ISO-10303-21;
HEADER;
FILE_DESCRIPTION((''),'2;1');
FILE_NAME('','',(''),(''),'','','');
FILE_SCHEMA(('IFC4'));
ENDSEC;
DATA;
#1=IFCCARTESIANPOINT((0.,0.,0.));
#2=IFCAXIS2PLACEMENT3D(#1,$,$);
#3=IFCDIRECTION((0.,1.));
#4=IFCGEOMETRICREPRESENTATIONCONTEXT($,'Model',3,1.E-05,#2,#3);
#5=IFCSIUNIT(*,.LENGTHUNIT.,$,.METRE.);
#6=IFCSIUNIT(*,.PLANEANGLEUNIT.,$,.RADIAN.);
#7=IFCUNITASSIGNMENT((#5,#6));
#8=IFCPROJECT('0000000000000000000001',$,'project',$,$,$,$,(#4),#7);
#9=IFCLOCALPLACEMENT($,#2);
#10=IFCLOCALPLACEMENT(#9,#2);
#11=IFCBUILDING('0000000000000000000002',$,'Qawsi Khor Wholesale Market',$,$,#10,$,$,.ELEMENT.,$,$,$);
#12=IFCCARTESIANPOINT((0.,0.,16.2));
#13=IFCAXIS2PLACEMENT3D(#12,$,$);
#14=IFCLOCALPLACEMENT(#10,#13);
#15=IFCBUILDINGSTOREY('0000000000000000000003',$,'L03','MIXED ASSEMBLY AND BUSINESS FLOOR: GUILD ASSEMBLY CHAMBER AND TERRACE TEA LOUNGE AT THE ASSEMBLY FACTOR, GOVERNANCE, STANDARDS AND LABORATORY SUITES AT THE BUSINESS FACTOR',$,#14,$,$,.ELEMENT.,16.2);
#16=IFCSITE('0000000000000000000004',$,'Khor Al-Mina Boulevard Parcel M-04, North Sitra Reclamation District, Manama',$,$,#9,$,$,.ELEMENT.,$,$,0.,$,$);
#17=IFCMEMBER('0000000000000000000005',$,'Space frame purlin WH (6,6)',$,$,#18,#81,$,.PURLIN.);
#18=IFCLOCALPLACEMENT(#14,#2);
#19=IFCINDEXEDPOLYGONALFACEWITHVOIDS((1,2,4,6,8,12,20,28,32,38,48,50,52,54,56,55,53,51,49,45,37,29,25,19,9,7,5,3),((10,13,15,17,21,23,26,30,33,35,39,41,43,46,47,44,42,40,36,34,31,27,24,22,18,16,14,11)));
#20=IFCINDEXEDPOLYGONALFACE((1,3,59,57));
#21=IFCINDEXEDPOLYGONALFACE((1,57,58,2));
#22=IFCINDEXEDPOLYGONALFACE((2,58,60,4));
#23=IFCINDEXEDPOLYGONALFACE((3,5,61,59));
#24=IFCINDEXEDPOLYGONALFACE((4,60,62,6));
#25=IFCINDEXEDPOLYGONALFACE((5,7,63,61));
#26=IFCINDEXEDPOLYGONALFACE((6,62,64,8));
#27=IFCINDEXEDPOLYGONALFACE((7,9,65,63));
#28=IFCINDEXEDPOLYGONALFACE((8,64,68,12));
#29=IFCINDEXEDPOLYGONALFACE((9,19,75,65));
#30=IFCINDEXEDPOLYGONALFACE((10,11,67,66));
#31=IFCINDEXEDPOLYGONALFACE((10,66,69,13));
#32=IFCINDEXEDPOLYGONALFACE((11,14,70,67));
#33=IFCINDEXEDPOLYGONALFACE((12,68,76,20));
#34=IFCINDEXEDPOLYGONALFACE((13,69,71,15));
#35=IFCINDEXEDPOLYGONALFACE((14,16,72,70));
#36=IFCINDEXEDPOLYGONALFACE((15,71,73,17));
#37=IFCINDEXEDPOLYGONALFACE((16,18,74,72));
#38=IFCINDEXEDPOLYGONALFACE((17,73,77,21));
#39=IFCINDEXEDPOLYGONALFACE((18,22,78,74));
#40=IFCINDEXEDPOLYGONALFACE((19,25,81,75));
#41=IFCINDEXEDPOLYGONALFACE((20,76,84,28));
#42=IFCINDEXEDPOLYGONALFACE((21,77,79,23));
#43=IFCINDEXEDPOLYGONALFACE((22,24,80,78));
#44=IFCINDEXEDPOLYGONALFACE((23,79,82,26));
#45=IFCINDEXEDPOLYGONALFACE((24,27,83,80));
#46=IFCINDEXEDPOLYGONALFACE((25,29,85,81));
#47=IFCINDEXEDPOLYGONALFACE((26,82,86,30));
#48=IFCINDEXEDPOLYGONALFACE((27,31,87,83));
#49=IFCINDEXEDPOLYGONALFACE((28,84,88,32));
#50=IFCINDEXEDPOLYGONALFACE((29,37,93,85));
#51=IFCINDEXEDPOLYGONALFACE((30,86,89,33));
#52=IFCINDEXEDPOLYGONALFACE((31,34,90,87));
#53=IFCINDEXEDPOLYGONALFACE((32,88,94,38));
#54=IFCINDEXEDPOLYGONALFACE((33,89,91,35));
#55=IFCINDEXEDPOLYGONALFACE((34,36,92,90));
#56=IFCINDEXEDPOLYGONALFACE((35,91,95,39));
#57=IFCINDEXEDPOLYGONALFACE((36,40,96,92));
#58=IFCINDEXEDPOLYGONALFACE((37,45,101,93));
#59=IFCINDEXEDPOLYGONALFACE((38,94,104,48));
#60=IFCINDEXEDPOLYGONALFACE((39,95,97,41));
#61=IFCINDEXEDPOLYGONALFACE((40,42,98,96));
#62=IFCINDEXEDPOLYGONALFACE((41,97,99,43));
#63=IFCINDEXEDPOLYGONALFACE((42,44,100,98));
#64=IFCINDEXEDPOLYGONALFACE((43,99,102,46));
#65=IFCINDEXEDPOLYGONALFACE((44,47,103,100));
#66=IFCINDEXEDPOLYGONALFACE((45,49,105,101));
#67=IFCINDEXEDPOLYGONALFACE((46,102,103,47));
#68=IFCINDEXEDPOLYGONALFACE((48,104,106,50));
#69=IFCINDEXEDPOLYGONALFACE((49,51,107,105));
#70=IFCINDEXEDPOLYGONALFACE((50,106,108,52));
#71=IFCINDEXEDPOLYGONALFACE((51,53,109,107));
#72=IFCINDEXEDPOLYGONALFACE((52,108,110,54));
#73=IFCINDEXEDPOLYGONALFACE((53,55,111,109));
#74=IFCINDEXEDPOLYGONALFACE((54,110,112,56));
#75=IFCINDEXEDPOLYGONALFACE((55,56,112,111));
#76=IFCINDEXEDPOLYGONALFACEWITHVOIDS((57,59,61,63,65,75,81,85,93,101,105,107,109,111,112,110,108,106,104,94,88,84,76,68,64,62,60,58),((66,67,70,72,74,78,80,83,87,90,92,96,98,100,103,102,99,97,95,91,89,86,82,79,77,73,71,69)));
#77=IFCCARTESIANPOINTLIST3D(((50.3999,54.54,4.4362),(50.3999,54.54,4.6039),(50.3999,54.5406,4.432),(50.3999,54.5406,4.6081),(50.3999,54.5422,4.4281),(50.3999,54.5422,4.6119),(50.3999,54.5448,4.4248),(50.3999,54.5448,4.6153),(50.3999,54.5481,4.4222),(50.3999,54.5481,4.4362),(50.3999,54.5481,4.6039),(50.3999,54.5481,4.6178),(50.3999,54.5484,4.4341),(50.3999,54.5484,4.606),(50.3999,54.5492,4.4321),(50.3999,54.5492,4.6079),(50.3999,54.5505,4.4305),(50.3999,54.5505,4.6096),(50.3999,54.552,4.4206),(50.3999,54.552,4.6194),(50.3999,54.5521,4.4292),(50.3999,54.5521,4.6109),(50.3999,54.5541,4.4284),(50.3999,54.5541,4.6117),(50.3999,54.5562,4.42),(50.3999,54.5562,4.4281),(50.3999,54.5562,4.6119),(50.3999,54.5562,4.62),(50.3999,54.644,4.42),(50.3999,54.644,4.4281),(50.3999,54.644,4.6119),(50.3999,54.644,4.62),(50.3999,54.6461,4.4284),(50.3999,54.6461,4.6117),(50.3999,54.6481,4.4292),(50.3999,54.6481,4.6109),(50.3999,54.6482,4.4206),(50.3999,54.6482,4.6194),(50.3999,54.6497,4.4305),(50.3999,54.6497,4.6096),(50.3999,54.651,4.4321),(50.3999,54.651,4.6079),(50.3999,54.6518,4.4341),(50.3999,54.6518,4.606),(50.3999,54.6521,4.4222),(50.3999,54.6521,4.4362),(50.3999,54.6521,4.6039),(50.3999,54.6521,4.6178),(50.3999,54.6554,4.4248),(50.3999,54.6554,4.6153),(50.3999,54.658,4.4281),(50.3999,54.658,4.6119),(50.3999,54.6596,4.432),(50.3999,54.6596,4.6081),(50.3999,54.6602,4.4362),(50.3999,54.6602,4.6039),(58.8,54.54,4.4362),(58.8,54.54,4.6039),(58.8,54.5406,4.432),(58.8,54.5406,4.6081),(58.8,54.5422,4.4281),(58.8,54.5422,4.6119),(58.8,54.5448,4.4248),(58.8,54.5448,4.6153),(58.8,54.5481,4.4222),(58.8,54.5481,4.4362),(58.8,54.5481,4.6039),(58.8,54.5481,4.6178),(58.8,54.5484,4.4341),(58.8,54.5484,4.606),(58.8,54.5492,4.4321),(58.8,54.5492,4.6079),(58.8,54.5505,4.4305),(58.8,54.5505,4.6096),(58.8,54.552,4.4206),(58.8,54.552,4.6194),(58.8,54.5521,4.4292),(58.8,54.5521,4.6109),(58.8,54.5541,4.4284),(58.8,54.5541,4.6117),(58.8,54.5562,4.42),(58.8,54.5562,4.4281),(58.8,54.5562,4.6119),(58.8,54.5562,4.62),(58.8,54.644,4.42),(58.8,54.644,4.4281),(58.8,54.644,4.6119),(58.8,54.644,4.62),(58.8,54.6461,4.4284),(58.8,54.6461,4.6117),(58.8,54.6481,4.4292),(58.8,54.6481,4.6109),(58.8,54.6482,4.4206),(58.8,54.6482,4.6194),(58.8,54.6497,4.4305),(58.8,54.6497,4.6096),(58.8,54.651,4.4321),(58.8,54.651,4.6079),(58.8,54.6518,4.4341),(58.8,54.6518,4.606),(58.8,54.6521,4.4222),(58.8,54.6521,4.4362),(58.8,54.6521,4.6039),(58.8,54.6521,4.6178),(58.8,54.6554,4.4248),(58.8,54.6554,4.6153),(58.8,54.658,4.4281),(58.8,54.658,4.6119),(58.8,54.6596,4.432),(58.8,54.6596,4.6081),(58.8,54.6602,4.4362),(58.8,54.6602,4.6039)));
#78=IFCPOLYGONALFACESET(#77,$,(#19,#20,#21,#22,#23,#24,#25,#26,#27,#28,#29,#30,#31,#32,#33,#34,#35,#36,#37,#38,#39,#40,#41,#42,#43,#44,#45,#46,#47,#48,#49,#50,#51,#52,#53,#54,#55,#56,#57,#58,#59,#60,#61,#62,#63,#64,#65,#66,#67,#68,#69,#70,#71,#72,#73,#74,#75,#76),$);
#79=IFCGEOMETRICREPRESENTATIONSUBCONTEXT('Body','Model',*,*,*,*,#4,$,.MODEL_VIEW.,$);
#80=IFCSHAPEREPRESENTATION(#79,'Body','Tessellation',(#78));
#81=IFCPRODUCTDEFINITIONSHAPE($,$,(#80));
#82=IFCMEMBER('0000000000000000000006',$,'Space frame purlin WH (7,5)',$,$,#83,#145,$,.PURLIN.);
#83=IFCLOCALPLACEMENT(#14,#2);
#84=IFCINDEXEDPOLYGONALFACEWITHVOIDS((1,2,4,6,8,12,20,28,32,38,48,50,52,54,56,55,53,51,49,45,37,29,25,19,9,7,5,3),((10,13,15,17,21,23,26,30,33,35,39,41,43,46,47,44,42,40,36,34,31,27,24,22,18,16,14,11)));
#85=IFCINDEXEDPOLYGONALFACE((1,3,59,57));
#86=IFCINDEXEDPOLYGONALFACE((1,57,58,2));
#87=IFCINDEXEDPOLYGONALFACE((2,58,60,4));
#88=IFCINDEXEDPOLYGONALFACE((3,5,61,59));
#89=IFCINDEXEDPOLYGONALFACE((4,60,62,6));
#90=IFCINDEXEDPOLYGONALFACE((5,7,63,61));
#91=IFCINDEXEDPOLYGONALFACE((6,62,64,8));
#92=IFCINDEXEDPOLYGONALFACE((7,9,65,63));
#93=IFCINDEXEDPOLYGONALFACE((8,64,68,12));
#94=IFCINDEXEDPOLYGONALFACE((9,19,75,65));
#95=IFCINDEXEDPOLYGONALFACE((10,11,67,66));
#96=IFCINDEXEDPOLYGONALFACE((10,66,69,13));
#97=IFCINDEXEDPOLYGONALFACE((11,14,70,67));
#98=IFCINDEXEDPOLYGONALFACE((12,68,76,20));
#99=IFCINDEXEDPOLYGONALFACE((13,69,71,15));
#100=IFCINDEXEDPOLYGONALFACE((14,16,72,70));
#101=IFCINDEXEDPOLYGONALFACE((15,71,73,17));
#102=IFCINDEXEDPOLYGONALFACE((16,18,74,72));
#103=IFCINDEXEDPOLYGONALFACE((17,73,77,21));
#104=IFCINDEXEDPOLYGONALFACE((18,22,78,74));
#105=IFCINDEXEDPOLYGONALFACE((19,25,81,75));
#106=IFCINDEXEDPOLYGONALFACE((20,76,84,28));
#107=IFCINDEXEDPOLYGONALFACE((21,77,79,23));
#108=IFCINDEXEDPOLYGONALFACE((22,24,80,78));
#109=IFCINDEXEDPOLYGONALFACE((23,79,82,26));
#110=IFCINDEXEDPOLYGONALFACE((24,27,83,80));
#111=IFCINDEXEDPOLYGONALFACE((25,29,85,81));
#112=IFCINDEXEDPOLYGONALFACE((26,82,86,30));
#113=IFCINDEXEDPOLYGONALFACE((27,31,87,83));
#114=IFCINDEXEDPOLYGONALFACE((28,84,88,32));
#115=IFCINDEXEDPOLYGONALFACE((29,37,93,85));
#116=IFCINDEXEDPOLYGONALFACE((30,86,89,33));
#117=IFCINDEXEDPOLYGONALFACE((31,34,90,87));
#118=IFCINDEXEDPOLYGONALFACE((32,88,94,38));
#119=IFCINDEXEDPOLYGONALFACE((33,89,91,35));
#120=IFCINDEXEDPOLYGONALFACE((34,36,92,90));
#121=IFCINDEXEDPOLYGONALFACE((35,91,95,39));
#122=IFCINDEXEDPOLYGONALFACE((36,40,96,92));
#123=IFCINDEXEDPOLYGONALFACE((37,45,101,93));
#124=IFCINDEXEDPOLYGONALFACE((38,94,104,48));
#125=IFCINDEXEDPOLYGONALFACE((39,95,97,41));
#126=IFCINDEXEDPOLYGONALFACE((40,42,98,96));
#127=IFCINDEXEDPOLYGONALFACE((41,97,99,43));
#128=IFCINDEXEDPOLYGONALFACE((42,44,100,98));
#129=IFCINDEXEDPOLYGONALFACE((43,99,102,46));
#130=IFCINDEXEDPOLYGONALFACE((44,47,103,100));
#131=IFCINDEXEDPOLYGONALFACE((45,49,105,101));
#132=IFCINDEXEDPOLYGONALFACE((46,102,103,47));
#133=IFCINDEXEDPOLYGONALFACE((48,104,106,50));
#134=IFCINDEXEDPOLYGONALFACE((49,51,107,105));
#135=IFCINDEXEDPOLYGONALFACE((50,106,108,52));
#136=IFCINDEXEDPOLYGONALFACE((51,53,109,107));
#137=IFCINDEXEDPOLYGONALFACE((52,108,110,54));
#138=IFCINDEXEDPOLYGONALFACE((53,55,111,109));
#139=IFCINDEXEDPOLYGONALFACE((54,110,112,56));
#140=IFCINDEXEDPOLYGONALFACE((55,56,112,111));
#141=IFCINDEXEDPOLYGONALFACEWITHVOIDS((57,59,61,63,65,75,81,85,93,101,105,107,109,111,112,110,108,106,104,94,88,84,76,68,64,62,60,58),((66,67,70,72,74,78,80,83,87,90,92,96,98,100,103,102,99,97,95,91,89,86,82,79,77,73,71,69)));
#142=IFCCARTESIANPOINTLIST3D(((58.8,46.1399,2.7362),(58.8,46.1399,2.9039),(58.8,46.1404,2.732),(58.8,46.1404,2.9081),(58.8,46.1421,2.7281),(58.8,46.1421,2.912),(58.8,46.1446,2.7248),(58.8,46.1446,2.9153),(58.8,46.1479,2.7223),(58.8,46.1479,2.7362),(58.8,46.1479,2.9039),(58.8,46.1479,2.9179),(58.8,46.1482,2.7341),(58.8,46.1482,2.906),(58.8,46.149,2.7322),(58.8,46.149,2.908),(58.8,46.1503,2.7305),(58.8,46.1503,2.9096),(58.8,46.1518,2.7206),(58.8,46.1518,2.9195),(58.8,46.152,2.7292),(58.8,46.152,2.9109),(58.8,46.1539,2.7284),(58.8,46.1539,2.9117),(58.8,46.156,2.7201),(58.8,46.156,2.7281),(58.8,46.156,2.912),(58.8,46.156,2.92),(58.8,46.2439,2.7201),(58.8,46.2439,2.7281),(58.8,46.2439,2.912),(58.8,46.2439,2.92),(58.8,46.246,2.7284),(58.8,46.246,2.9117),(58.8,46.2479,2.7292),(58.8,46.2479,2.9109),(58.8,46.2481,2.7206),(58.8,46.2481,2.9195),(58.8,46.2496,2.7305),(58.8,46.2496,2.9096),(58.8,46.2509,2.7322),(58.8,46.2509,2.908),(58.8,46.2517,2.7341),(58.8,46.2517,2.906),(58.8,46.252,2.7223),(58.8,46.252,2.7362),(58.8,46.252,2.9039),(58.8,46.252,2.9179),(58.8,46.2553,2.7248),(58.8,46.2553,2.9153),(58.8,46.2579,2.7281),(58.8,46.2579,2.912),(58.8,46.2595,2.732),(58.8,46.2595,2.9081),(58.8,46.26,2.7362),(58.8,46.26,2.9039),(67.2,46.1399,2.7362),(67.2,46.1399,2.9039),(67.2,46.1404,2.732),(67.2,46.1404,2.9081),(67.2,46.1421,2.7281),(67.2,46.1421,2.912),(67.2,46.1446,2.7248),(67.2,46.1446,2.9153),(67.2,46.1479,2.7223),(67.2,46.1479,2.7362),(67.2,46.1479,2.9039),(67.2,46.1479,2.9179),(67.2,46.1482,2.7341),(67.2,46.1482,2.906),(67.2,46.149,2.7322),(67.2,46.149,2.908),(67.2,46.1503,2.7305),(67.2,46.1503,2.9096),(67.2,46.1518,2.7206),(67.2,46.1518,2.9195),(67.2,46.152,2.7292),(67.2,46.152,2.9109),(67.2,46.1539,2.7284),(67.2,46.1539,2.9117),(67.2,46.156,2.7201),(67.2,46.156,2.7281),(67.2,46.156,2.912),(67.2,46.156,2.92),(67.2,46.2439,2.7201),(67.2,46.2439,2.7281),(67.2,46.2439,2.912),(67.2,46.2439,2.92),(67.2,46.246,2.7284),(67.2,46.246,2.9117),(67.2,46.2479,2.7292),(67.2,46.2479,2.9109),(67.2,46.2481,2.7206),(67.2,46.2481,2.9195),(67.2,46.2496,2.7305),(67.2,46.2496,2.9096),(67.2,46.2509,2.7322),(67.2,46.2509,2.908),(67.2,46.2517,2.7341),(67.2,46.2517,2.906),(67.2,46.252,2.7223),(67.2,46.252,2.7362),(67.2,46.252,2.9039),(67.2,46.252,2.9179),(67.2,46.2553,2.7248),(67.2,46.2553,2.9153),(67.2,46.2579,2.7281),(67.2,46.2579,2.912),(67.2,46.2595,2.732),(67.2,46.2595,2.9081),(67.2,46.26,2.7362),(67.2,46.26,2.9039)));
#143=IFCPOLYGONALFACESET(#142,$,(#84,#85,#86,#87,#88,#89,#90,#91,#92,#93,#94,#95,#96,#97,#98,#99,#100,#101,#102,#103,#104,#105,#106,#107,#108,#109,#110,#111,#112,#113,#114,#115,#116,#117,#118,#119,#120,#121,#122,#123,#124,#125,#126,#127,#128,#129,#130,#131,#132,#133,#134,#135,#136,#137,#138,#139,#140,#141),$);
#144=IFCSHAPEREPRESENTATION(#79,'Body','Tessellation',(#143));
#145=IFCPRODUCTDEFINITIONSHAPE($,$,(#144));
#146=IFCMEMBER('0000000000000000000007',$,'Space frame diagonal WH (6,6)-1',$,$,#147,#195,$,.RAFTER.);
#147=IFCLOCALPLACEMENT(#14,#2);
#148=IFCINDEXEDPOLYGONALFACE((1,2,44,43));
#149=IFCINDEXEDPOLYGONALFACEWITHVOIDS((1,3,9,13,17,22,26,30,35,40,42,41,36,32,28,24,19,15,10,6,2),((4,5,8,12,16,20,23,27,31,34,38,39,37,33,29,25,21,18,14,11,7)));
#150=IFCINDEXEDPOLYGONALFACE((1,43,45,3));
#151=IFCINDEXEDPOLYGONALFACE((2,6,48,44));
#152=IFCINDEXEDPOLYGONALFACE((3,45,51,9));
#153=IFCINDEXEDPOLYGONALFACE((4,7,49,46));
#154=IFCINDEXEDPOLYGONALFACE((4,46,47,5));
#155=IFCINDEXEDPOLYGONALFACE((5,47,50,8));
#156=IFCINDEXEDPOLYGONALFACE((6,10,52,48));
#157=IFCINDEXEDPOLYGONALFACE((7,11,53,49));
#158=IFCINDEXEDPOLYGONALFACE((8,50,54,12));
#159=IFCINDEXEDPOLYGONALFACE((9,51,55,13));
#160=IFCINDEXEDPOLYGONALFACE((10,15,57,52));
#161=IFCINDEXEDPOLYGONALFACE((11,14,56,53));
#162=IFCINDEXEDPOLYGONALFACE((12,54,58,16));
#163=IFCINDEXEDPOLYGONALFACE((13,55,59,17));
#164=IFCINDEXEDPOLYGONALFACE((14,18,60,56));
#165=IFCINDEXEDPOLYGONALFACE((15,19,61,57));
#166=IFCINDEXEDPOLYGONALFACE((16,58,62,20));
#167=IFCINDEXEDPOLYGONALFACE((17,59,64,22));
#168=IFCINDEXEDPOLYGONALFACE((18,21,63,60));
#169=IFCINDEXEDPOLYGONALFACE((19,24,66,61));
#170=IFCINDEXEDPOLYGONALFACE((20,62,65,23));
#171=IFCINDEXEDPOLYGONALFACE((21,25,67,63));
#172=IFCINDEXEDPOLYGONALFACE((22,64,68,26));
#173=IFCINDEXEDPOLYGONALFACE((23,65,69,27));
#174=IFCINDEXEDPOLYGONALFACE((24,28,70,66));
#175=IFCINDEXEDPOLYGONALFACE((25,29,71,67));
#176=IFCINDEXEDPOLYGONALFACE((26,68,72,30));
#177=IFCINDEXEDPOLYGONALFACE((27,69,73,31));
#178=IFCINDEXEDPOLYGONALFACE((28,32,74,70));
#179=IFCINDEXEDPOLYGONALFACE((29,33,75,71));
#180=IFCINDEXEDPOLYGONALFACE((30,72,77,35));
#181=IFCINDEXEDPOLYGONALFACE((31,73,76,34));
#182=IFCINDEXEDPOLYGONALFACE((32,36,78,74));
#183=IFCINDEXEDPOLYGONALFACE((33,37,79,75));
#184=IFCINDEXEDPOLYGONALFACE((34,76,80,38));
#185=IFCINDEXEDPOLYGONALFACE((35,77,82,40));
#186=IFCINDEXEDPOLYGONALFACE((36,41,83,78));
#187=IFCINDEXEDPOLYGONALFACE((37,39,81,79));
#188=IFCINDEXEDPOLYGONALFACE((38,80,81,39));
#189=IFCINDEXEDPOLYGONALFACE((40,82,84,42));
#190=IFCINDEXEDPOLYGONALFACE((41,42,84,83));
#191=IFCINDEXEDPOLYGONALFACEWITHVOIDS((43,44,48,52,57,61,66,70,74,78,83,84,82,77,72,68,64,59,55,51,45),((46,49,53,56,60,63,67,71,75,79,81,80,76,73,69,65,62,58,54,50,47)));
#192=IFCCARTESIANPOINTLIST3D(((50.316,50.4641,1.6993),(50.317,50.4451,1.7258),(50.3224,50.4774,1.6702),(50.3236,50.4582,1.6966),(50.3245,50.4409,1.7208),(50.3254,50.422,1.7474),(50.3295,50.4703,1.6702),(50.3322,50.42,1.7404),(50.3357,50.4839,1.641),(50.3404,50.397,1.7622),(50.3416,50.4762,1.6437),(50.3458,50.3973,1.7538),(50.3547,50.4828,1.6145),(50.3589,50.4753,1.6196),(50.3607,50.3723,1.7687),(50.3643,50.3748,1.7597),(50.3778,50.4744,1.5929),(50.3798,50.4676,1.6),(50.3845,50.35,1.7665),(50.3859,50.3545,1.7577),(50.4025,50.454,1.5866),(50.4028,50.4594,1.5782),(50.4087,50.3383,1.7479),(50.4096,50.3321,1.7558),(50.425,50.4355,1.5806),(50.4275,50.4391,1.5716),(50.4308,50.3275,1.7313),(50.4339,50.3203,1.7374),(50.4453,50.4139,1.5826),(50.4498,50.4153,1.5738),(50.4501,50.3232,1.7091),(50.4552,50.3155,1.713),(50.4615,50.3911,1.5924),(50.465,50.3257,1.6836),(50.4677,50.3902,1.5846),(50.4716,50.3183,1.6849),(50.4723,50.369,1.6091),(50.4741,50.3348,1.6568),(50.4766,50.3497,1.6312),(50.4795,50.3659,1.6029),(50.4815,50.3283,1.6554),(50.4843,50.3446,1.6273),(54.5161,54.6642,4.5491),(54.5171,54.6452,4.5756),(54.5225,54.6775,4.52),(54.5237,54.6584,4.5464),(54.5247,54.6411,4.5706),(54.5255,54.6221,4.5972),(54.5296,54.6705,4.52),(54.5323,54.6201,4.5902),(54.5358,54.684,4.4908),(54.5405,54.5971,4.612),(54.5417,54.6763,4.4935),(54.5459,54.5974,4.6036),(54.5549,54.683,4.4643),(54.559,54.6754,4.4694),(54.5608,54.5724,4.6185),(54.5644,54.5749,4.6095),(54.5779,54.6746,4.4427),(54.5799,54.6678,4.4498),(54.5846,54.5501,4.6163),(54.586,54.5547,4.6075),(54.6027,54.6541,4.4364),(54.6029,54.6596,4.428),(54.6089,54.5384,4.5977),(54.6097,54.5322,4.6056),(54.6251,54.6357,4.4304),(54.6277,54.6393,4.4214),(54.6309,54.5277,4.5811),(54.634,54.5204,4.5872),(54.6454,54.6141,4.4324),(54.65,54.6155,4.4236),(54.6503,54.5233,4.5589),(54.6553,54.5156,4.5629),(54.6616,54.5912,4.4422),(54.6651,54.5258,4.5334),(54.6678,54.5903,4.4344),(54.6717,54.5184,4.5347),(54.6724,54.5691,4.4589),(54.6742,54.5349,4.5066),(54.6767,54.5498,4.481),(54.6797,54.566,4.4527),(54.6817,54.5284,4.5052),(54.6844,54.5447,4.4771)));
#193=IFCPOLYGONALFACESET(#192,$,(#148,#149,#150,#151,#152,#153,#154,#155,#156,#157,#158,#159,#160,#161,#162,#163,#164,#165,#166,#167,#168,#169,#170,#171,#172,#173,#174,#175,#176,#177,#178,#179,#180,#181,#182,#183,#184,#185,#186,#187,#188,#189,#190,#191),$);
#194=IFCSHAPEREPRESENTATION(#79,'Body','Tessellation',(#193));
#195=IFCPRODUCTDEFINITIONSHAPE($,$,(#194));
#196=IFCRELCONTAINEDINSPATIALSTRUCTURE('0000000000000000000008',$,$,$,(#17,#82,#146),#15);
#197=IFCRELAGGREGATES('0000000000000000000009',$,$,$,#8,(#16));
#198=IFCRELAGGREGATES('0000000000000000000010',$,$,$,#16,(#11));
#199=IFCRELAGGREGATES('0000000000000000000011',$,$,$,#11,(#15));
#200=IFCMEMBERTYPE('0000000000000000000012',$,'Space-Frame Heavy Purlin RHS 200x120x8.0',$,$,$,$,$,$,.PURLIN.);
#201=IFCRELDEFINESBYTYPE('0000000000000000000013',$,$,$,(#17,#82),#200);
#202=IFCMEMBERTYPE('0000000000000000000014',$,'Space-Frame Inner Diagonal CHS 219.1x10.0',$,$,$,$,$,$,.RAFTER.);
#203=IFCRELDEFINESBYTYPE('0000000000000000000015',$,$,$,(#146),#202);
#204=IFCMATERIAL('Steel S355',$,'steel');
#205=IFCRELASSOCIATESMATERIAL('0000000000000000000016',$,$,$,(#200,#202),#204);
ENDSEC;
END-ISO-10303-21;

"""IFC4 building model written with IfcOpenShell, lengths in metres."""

from ifc_helpers import new_model, si_unit, direction, frame, origin, origin_2d, place, context, subcontext, project, spatial, hollow_rectangle, hollow_circle, extrude, material, material_profile, profile_set, type_object, element, save


model = new_model("IFC4")

# Units and contexts
model_context = context("Model", 3, precision=1e-05, world=origin(), true_north=direction((0.0, 1.0)))
body_context = subcontext(model_context, "Body", "Model", "MODEL_VIEW")
ifc_project = project(units=[si_unit("LENGTHUNIT", "METRE"), si_unit("PLANEANGLEUNIT", "RADIAN")], contexts=[model_context])

# Site, building, storey
site_placement = place(None, origin())
site = spatial("IfcSite", under=ifc_project, at=site_placement, Name="Khor Al-Mina Boulevard Parcel M-04, North Sitra Reclamation District, Manama", CompositionType="ELEMENT", RefElevation=0.0)
building_placement = place(site_placement, origin())
building = spatial("IfcBuilding", under=site, at=building_placement, Name="Qawsi Khor Wholesale Market", CompositionType="ELEMENT")
storey_placement = place(building_placement, frame((0.0, 0.0, 16.2)))
storey = spatial("IfcBuildingStorey", under=building, at=storey_placement, Name="L03", Description="MIXED ASSEMBLY AND BUSINESS FLOOR: GUILD ASSEMBLY CHAMBER AND TERRACE TEA LOUNGE AT THE ASSEMBLY FACTOR, GOVERNANCE, STANDARDS AND LABORATORY SUITES AT THE BUSINESS FACTOR", CompositionType="ELEMENT", Elevation=16.2)

# Members
ifc_material_1 = material(Name="Steel S355", Category="steel")
ifc_material_profile_1 = material_profile(ifc_material_1, hollow_rectangle(XDim=0.1201, YDim=0.2, WallThickness=0.0081, InnerFilletRadius=0.0081, OuterFilletRadius=0.0161, at=origin_2d()), Name="RHS 200x120x8.0")
ifc_profile_set_1 = profile_set([ifc_material_profile_1], Name="Steel S355")
member_type_1 = type_object("IfcMemberType", Name="Space-Frame Heavy Purlin RHS 200x120x8.0", PredefinedType="PURLIN", material=ifc_profile_set_1)
member_1_placement = place(storey_placement, frame((50.3999, 54.6001, 4.52), z_axis=(1.0, 0.0, 0.0), x_axis=(0.0, 1.0, 0.0)))
element("IfcMember", 1, at=member_1_placement, inside=storey, type_object=member_type_1, Name="Space frame purlin WH (6,6)", PredefinedType="PURLIN", context=body_context, shape_type="SweptSolid", body=[
    extrude(hollow_rectangle(XDim=0.1201, YDim=0.2, WallThickness=0.0081, InnerFilletRadius=0.0081, OuterFilletRadius=0.0161, at=origin_2d()), origin(), (0.0, 0.0, 1.0), 8.4001),
])
member_2_placement = place(storey_placement, frame((58.8, 46.2, 2.8201), z_axis=(1.0, 0.0, 0.0), x_axis=(0.0, 1.0, 0.0)))
element("IfcMember", 2, at=member_2_placement, inside=storey, type_object=member_type_1, Name="Space frame purlin WH (7,5)", PredefinedType="PURLIN", context=body_context, shape_type="SweptSolid", body=[
    extrude(hollow_rectangle(XDim=0.1201, YDim=0.2, WallThickness=0.0081, InnerFilletRadius=0.0081, OuterFilletRadius=0.0161, at=origin_2d()), origin(), (0.0, 0.0, 1.0), 8.3999),
])
ifc_material_profile_2 = material_profile(ifc_material_1, hollow_circle(Radius=0.1096, WallThickness=0.01, at=origin_2d()), Name="CHS 219.1x10.0")
ifc_profile_set_2 = profile_set([ifc_material_profile_2], Name="Steel S355")
member_type_2 = type_object("IfcMemberType", Name="Space-Frame Inner Diagonal CHS 219.1x10.0", PredefinedType="RAFTER", material=ifc_profile_set_2)
for number, where, z_axis, x_axis, name in (
    (3, (50.3999, 50.3999, 1.6702), (0.637529, 0.637529, 0.432567), (-0.707107, 0.707107, 0.0), "Space frame diagonal WH (6,6)-1"),
):
    element("IfcMember", number, at=place(storey_placement, frame(where, z_axis=z_axis, x_axis=x_axis)), inside=storey, type_object=member_type_2, Name=name, PredefinedType="RAFTER", context=body_context, shape_type="SweptSolid", body=[
        extrude(hollow_circle(Radius=0.1096, WallThickness=0.01, at=origin_2d()), origin(), (0.0, 0.0, 1.0), 6.5881),
    ])

save(model, "model.ifc")
